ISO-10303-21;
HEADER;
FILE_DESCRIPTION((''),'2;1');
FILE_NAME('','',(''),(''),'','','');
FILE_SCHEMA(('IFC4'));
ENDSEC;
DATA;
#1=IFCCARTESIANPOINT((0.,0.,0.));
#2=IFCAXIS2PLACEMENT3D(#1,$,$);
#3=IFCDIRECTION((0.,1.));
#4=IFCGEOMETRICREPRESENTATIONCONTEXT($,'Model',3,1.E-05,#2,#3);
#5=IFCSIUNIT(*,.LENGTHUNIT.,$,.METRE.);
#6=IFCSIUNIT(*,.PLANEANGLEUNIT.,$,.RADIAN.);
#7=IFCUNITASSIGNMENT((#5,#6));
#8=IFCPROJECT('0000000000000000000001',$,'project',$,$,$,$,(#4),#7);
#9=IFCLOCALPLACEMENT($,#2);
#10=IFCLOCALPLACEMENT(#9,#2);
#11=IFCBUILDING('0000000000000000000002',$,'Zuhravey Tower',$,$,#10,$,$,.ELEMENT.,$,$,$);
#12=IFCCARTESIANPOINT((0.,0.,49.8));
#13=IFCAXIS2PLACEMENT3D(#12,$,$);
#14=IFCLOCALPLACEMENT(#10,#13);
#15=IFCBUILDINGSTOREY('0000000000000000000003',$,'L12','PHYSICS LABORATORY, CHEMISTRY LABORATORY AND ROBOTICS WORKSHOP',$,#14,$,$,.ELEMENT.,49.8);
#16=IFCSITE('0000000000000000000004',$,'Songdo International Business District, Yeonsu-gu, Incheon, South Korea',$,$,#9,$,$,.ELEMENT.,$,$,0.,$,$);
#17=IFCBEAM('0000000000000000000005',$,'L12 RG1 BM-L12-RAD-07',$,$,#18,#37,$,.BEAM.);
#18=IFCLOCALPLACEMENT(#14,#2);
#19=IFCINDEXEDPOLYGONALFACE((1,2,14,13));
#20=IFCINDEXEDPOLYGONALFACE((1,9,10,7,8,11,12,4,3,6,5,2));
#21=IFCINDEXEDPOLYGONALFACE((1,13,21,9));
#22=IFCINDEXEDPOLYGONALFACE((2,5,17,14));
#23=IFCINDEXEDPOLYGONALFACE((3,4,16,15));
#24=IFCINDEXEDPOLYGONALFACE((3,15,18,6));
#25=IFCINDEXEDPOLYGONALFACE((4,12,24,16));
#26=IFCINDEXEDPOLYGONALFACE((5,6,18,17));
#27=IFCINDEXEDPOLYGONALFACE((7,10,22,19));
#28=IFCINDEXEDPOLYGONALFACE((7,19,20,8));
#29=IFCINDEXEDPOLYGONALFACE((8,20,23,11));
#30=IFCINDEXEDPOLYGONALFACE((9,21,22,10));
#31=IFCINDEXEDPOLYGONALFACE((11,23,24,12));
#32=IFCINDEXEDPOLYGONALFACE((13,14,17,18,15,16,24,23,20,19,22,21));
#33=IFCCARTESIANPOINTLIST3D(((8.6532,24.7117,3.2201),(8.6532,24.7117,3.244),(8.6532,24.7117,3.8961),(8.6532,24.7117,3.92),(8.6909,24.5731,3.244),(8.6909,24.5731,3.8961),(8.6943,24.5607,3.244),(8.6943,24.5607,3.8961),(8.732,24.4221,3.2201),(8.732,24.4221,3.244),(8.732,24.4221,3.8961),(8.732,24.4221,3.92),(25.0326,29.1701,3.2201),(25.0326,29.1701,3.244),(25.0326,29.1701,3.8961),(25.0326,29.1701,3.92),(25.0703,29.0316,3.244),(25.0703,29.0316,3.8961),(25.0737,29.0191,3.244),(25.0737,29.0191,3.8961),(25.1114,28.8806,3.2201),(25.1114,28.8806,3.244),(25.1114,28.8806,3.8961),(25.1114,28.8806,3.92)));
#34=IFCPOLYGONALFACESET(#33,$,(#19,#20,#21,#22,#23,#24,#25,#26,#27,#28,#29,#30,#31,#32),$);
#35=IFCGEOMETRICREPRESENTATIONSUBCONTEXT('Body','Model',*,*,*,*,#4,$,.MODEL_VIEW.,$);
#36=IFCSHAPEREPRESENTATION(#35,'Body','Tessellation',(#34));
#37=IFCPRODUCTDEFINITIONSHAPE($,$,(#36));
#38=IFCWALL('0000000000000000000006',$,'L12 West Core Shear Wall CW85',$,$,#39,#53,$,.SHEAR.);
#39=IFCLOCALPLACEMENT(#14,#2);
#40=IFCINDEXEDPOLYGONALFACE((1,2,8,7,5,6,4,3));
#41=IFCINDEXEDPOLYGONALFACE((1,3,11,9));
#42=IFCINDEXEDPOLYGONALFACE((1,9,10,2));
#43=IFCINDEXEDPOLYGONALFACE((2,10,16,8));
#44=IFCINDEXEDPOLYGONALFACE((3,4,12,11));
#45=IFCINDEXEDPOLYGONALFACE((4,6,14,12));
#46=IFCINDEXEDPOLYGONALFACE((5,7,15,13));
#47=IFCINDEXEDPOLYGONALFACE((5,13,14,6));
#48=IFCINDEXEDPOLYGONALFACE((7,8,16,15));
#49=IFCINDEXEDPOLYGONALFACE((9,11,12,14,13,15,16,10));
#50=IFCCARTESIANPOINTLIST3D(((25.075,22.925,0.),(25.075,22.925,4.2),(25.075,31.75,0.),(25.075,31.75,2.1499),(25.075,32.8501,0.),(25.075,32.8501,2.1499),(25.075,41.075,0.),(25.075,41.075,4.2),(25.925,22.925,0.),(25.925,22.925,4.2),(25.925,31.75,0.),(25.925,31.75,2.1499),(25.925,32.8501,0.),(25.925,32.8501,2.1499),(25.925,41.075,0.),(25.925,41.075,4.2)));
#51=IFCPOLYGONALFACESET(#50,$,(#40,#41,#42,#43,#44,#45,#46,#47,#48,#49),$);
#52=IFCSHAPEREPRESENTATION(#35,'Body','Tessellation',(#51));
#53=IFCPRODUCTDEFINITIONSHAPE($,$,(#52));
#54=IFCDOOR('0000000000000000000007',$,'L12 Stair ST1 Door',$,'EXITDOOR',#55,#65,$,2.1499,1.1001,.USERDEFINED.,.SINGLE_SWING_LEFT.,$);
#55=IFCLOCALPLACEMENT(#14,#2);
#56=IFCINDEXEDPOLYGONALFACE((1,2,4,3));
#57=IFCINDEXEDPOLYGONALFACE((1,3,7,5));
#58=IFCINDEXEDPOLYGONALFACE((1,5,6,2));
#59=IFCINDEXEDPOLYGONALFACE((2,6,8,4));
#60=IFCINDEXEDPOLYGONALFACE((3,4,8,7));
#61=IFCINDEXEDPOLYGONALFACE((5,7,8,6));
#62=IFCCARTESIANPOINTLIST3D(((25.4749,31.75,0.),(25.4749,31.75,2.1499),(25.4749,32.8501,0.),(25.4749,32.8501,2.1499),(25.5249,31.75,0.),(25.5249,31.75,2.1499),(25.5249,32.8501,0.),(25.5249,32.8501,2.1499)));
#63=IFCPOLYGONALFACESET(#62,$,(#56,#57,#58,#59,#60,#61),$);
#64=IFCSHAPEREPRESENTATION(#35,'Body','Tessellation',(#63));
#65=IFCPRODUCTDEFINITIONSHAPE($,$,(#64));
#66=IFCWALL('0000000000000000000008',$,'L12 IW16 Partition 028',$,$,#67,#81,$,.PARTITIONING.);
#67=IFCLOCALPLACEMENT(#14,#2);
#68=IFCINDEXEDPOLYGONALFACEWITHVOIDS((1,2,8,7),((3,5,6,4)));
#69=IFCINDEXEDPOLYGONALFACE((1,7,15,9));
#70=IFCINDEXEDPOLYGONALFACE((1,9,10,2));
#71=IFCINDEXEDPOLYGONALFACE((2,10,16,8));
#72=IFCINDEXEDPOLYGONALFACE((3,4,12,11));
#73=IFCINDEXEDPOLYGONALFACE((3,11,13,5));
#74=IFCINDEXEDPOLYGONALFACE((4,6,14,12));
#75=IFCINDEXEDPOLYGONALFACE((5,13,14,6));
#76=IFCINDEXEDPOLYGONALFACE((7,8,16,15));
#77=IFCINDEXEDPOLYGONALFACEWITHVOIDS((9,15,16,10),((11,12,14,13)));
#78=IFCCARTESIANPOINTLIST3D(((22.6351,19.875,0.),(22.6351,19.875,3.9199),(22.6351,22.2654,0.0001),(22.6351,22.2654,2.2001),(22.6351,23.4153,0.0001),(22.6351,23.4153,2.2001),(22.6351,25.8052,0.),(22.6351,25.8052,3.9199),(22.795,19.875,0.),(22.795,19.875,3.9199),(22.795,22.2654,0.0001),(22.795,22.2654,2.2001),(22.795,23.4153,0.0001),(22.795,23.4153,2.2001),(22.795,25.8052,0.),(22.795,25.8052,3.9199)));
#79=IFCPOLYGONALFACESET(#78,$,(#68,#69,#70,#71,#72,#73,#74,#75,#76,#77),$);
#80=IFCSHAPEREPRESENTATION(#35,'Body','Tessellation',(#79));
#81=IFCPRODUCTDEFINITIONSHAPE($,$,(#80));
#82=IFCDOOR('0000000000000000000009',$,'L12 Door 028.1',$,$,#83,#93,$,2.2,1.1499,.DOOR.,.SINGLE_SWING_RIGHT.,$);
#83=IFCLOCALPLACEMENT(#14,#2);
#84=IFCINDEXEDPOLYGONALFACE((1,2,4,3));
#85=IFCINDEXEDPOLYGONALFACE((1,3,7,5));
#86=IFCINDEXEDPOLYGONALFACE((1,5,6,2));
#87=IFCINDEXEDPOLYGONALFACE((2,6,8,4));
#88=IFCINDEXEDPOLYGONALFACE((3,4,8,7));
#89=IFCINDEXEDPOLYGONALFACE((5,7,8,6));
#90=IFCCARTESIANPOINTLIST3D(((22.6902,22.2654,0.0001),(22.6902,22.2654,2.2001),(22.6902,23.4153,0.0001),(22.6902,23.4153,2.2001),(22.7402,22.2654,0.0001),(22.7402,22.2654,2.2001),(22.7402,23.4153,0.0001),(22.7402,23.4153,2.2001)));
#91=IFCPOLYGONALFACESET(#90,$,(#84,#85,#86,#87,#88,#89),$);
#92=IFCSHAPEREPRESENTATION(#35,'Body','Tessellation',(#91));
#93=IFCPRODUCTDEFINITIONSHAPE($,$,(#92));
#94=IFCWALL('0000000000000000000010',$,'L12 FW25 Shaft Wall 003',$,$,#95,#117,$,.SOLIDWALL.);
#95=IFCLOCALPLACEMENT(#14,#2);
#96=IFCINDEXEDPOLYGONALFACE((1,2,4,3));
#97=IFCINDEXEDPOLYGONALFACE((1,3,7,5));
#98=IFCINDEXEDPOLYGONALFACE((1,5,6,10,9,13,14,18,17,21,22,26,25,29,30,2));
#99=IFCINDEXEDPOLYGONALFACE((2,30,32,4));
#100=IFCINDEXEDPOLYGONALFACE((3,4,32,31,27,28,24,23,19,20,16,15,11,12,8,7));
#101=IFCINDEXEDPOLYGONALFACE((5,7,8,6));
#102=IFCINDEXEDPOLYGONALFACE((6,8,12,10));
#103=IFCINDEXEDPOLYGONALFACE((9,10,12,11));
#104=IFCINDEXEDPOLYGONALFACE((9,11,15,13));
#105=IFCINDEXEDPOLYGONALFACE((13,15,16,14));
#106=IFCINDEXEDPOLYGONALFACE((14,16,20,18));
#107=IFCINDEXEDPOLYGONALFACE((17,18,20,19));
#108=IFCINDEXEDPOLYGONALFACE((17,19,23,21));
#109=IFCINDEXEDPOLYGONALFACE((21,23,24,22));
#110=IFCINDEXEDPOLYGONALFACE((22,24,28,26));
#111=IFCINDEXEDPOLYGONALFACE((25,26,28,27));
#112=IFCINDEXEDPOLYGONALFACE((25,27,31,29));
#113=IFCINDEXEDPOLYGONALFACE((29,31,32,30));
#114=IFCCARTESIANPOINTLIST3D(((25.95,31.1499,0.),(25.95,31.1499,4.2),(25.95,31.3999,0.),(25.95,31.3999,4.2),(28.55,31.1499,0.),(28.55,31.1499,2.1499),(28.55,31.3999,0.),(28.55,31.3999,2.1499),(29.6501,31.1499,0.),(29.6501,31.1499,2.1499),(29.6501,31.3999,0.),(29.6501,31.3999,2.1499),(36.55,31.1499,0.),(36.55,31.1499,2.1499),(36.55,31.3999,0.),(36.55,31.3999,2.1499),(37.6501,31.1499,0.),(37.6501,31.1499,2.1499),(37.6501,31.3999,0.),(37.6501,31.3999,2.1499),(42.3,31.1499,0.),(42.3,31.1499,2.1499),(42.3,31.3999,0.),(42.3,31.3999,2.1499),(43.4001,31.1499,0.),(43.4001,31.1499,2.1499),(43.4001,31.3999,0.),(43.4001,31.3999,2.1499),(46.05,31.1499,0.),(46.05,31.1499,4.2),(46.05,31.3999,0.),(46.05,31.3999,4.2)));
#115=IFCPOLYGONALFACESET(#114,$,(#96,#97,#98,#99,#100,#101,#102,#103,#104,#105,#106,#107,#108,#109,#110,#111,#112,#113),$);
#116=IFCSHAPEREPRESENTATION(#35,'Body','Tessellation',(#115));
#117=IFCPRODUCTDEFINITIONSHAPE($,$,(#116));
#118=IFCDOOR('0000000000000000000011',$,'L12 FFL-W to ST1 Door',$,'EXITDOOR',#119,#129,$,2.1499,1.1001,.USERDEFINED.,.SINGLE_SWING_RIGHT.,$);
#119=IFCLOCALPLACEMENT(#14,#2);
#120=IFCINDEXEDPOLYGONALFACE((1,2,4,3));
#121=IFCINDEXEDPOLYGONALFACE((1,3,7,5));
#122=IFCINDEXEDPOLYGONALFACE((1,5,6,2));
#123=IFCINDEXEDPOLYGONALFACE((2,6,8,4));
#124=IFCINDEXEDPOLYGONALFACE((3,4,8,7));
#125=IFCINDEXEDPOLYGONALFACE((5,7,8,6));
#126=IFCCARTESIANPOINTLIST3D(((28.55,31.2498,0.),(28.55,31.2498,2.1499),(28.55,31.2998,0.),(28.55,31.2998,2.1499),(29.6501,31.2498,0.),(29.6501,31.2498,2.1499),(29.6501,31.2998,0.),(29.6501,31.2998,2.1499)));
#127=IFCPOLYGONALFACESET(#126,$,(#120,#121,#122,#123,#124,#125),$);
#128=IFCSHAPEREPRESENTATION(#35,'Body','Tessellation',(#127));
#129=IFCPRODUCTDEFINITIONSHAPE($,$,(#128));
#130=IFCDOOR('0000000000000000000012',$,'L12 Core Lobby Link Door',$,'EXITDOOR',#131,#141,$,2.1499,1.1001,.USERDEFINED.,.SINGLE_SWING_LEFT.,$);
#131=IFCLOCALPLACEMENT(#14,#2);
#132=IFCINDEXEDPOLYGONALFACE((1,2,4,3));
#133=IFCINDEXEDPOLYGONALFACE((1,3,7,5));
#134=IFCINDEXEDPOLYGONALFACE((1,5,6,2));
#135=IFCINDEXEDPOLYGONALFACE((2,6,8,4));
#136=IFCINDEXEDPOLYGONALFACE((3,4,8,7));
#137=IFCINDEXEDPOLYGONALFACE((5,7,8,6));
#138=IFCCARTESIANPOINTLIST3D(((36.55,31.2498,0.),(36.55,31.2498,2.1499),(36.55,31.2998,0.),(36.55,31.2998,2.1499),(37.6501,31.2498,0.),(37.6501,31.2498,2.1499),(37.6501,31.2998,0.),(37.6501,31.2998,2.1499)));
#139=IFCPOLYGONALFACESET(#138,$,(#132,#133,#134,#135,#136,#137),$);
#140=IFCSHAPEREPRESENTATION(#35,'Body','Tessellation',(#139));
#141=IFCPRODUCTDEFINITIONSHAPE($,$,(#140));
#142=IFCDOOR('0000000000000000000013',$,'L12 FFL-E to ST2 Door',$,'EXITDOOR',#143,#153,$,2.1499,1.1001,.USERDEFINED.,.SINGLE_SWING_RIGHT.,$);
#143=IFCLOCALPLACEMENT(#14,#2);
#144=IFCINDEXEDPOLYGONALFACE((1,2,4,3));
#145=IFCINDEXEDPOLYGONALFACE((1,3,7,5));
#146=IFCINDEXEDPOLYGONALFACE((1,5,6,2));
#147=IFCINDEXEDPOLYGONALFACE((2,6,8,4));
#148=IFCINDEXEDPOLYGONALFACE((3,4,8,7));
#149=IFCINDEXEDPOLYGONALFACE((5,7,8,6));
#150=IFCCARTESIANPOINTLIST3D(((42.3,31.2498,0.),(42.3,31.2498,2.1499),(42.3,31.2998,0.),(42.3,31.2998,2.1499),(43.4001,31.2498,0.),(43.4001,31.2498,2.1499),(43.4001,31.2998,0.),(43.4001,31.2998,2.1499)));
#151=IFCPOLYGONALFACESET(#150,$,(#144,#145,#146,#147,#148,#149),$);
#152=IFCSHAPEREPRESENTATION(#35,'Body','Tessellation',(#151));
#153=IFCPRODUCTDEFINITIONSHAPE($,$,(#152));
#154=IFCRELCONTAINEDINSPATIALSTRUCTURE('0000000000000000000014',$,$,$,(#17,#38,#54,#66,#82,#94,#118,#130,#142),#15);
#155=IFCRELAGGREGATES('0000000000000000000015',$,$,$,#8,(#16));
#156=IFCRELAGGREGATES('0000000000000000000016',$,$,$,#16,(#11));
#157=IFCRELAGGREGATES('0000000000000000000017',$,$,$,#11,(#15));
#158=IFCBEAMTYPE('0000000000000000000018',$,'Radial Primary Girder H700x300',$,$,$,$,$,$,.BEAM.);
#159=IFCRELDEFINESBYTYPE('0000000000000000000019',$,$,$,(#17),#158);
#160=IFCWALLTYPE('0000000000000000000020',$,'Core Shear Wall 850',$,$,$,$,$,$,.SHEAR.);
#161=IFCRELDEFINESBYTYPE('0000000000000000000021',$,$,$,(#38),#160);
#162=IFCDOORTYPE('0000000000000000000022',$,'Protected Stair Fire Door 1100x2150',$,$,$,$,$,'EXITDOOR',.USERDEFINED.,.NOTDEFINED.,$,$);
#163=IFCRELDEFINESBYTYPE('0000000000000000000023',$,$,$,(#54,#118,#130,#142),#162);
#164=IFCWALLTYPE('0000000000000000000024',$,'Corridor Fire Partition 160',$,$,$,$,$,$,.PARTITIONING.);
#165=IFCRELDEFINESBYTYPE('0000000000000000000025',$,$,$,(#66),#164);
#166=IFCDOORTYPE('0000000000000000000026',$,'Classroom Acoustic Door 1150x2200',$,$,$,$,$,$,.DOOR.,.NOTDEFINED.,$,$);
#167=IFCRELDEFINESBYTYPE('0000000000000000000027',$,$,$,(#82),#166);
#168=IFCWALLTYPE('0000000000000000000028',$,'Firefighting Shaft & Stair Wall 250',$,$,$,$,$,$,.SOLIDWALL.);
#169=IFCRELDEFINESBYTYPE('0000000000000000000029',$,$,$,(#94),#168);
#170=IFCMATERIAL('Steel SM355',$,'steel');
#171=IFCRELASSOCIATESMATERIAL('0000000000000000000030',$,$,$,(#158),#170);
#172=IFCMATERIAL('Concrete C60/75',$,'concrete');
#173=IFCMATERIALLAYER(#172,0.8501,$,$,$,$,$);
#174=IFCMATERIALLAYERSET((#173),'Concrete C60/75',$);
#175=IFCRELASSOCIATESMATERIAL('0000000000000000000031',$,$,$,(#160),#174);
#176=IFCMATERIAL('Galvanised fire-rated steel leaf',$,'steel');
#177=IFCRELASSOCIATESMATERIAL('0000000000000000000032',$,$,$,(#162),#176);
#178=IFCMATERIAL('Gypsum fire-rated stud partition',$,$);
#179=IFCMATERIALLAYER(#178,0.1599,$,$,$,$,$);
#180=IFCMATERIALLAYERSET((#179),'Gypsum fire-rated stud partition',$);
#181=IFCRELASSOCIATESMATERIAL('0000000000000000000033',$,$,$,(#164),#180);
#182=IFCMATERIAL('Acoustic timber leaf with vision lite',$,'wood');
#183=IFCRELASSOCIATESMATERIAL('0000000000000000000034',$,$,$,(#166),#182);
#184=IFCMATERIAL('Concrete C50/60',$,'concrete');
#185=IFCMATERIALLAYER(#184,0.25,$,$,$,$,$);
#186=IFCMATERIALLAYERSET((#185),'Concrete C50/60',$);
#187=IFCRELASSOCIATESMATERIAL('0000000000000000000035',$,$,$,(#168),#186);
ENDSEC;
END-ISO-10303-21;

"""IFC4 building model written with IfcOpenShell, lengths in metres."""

from ifc_helpers import new_model, si_unit, direction, frame, frame_2d, origin, origin_2d, place, context, subcontext, project, spatial, rectangle, i_section, extrude, material, layer, layer_set, material_profile, profile_set, type_object, element, fill, save


model = new_model("IFC4")

# Units and contexts
model_context = context("Model", 3, precision=1e-05, world=origin(), true_north=direction((0.0, 1.0)))
body_context = subcontext(model_context, "Body", "Model", "MODEL_VIEW")
ifc_project = project(units=[si_unit("LENGTHUNIT", "METRE"), si_unit("PLANEANGLEUNIT", "RADIAN")], contexts=[model_context])

# Site, building, storey
site_placement = place(None, origin())
site = spatial("IfcSite", under=ifc_project, at=site_placement, Name="Songdo International Business District, Yeonsu-gu, Incheon, South Korea", CompositionType="ELEMENT", RefElevation=0.0)
building_placement = place(site_placement, origin())
building = spatial("IfcBuilding", under=site, at=building_placement, Name="Zuhravey Tower", CompositionType="ELEMENT")
storey_placement = place(building_placement, frame((0.0, 0.0, 49.8)))
storey = spatial("IfcBuildingStorey", under=building, at=storey_placement, Name="L12", Description="PHYSICS LABORATORY, CHEMISTRY LABORATORY AND ROBOTICS WORKSHOP", CompositionType="ELEMENT", Elevation=49.8)

# Beam
ifc_material_1 = material(Name="Steel SM355", Category="steel")
ifc_material_profile = material_profile(ifc_material_1, i_section(OverallWidth=0.3, OverallDepth=0.7, WebThickness=0.0129, FlangeThickness=0.0239, at=origin_2d()), Name="H-700x300x13x24")
ifc_profile_set = profile_set([ifc_material_profile], Name="Steel SM355")
beam_type = type_object("IfcBeamType", Name="Radial Primary Girder H700x300", PredefinedType="BEAM", material=ifc_profile_set)
beam_placement = place(storey_placement, frame((25.072, 29.0254, 3.5701), z_axis=(-0.964892, -0.262645, 0.0), x_axis=(0.262645, -0.964892, 0.0)))
element("IfcBeam", 1, at=beam_placement, inside=storey, type_object=beam_type, Name="L12 RG1 BM-L12-RAD-07", PredefinedType="BEAM", context=body_context, shape_type="SweptSolid", body=[
    extrude(i_section(OverallWidth=0.3, OverallDepth=0.7, WebThickness=0.0129, FlangeThickness=0.0239, at=origin_2d()), origin(), (0.0, 0.0, 1.0), 16.9753),
])

# Walls, openings, doors
ifc_material_2 = material(Name="Concrete C60/75", Category="concrete")
ifc_layer_1 = layer(ifc_material_2, 0.8501)
ifc_layer_set_1 = layer_set([ifc_layer_1], Name="Concrete C60/75")
wall_type_1 = type_object("IfcWallType", Name="Core Shear Wall 850", PredefinedType="SHEAR", material=ifc_layer_set_1)
ifc_material_3 = material(Name="Galvanised fire-rated steel leaf", Category="steel")
wall_1_placement = place(storey_placement, frame((25.5, 22.925, 0.0), z_axis=(0.0, 0.0, 1.0), x_axis=(0.0, 1.0, 0.0)))
wall_1 = element("IfcWall", 2, at=wall_1_placement, inside=storey, type_object=wall_type_1, Name="L12 West Core Shear Wall CW85", PredefinedType="SHEAR", context=body_context, shape_type="SweptSolid", body=[
    extrude(rectangle(XDim=18.1499, YDim=0.8501, at=frame_2d((9.075, 0.0))), origin(), (0.0, 0.0, 1.0), 4.2),
])
opening_1_placement = place(wall_1_placement, frame((8.825, 0.0, 0.0)))
opening_1 = element("IfcOpeningElement", 3, at=opening_1_placement, cuts=wall_1, PredefinedType="OPENING", context=body_context, shape_type="SweptSolid", body=[
    extrude(rectangle(XDim=1.1001, YDim=2.1499, at=frame_2d((0.55, 1.075))), frame((0.0, 0.437, 0.0), z_axis=(0.0, -1.0, 0.0), x_axis=(1.0, 0.0, 0.0)), (0.0, 0.0, 1.0), 0.874),
])
door_type_1 = type_object("IfcDoorType", Name="Protected Stair Fire Door 1100x2150", ElementType="EXITDOOR", OperationType="NOTDEFINED", PredefinedType="USERDEFINED", material=ifc_material_3)
door_1_placement = place(opening_1_placement, frame((1.1001, 0.0, 0.0), z_axis=(0.0, 0.0, 1.0), x_axis=(-1.0, 0.0, 0.0)))
door_1 = element("IfcDoor", 4, at=door_1_placement, inside=storey, type_object=door_type_1, Name="L12 Stair ST1 Door", ObjectType="EXITDOOR", OperationType="SINGLE_SWING_LEFT", OverallHeight=2.1499, OverallWidth=1.1001, PredefinedType="USERDEFINED", context=body_context, shape_type="SweptSolid", body=[
    extrude(rectangle(XDim=1.1001, YDim=2.1499, at=frame_2d((0.55, 1.075))), frame((0.0, 0.0249, 0.0), z_axis=(0.0, -1.0, 0.0), x_axis=(1.0, 0.0, 0.0)), (0.0, 0.0, 1.0), 0.05),
])
fill(opening_1, door_1)
ifc_material_4 = material(Name="Gypsum fire-rated stud partition")
ifc_layer_2 = layer(ifc_material_4, 0.1599)
ifc_layer_set_2 = layer_set([ifc_layer_2], Name="Gypsum fire-rated stud partition")
wall_type_2 = type_object("IfcWallType", Name="Corridor Fire Partition 160", PredefinedType="PARTITIONING", material=ifc_layer_set_2)
wall_2_placement = place(storey_placement, frame((22.7151, 25.8052, 0.0), z_axis=(0.0, 0.0, 1.0), x_axis=(0.0, -1.0, 0.0)))
wall_2 = element("IfcWall", 5, at=wall_2_placement, inside=storey, type_object=wall_type_2, Name="L12 IW16 Partition 028", PredefinedType="PARTITIONING", context=body_context, shape_type="SweptSolid", body=[
    extrude(rectangle(XDim=5.9302, YDim=0.1599, at=frame_2d((2.9651, 0.0))), origin(), (0.0, 0.0, 1.0), 3.9199),
])
opening_2_placement = place(wall_2_placement, frame((2.3899, 0.0, 0.0)))
opening_2 = element("IfcOpeningElement", 6, at=opening_2_placement, cuts=wall_2, PredefinedType="OPENING", context=body_context, shape_type="SweptSolid", body=[
    extrude(rectangle(XDim=1.1499, YDim=2.2, at=frame_2d((0.575, 1.1001))), frame((0.0, 0.092, 0.0), z_axis=(0.0, -1.0, 0.0), x_axis=(1.0, 0.0, 0.0)), (0.0, 0.0, 1.0), 0.1838),
])
ifc_material_5 = material(Name="Acoustic timber leaf with vision lite", Category="wood")
door_type_2 = type_object("IfcDoorType", Name="Classroom Acoustic Door 1150x2200", OperationType="NOTDEFINED", PredefinedType="DOOR", material=ifc_material_5)
door_2_placement = place(opening_2_placement, frame((1.1499, 0.0, 0.0), z_axis=(0.0, 0.0, 1.0), x_axis=(-1.0, 0.0, 0.0)))
door_2 = element("IfcDoor", 7, at=door_2_placement, inside=storey, type_object=door_type_2, Name="L12 Door 028.1", OperationType="SINGLE_SWING_RIGHT", OverallHeight=2.2, OverallWidth=1.1499, PredefinedType="DOOR", context=body_context, shape_type="SweptSolid", body=[
    extrude(rectangle(XDim=1.1499, YDim=2.2, at=frame_2d((0.575, 1.1001))), frame((0.0, 0.0249, 0.0), z_axis=(0.0, -1.0, 0.0), x_axis=(1.0, 0.0, 0.0)), (0.0, 0.0, 1.0), 0.05),
])
fill(opening_2, door_2)

# Wall, openings, doors
ifc_material_6 = material(Name="Concrete C50/60", Category="concrete")
ifc_layer_3 = layer(ifc_material_6, 0.25)
ifc_layer_set_3 = layer_set([ifc_layer_3], Name="Concrete C50/60")
wall_type_3 = type_object("IfcWallType", Name="Firefighting Shaft & Stair Wall 250", PredefinedType="SOLIDWALL", material=ifc_layer_set_3)
wall_3_placement = place(storey_placement, frame((25.95, 31.2749, 0.0), z_axis=(0.0, 0.0, 1.0), x_axis=(1.0, 0.0, 0.0)))
wall_3 = element("IfcWall", 8, at=wall_3_placement, inside=storey, type_object=wall_type_3, Name="L12 FW25 Shaft Wall 003", PredefinedType="SOLIDWALL", context=body_context, shape_type="SweptSolid", body=[
    extrude(rectangle(XDim=20.1001, YDim=0.25, at=frame_2d((10.05, 0.0))), origin(), (0.0, 0.0, 1.0), 4.2),
])
opening_3_placement = place(wall_3_placement, frame((2.6001, 0.0, 0.0)))
opening_3 = element("IfcOpeningElement", 9, at=opening_3_placement, cuts=wall_3, PredefinedType="OPENING", context=body_context, shape_type="SweptSolid", body=[
    extrude(rectangle(XDim=1.1001, YDim=2.1499, at=frame_2d((0.55, 1.075))), frame((0.0, 0.137, 0.0), z_axis=(0.0, -1.0, 0.0), x_axis=(1.0, 0.0, 0.0)), (0.0, 0.0, 1.0), 0.2739),
])
opening_4_placement = place(wall_3_placement, frame((10.6001, 0.0, 0.0)))
opening_4 = element("IfcOpeningElement", 10, at=opening_4_placement, cuts=wall_3, PredefinedType="OPENING", context=body_context, shape_type="SweptSolid", body=[
    extrude(rectangle(XDim=1.1001, YDim=2.1499, at=frame_2d((0.55, 1.075))), frame((0.0, 0.137, 0.0), z_axis=(0.0, -1.0, 0.0), x_axis=(1.0, 0.0, 0.0)), (0.0, 0.0, 1.0), 0.2739),
])
opening_5_placement = place(wall_3_placement, frame((16.3501, 0.0, 0.0)))
opening_5 = element("IfcOpeningElement", 11, at=opening_5_placement, cuts=wall_3, PredefinedType="OPENING", context=body_context, shape_type="SweptSolid", body=[
    extrude(rectangle(XDim=1.1001, YDim=2.1499, at=frame_2d((0.55, 1.075))), frame((0.0, 0.137, 0.0), z_axis=(0.0, -1.0, 0.0), x_axis=(1.0, 0.0, 0.0)), (0.0, 0.0, 1.0), 0.2739),
])
door_3_placement = place(opening_3_placement, origin())
door_3 = element("IfcDoor", 12, at=door_3_placement, inside=storey, type_object=door_type_1, Name="L12 FFL-W to ST1 Door", ObjectType="EXITDOOR", OperationType="SINGLE_SWING_RIGHT", OverallHeight=2.1499, OverallWidth=1.1001, PredefinedType="USERDEFINED", context=body_context, shape_type="SweptSolid", body=[
    extrude(rectangle(XDim=1.1001, YDim=2.1499, at=frame_2d((0.55, 1.075))), frame((0.0, 0.0249, 0.0), z_axis=(0.0, -1.0, 0.0), x_axis=(1.0, 0.0, 0.0)), (0.0, 0.0, 1.0), 0.05),
])
fill(opening_3, door_3)
door_4_placement = place(opening_4_placement, origin())
door_4 = element("IfcDoor", 13, at=door_4_placement, inside=storey, type_object=door_type_1, Name="L12 Core Lobby Link Door", ObjectType="EXITDOOR", OperationType="SINGLE_SWING_LEFT", OverallHeight=2.1499, OverallWidth=1.1001, PredefinedType="USERDEFINED", context=body_context, shape_type="SweptSolid", body=[
    extrude(rectangle(XDim=1.1001, YDim=2.1499, at=frame_2d((0.55, 1.075))), frame((0.0, 0.0249, 0.0), z_axis=(0.0, -1.0, 0.0), x_axis=(1.0, 0.0, 0.0)), (0.0, 0.0, 1.0), 0.05),
])
fill(opening_4, door_4)
door_5_placement = place(opening_5_placement, origin())
door_5 = element("IfcDoor", 14, at=door_5_placement, inside=storey, type_object=door_type_1, Name="L12 FFL-E to ST2 Door", ObjectType="EXITDOOR", OperationType="SINGLE_SWING_RIGHT", OverallHeight=2.1499, OverallWidth=1.1001, PredefinedType="USERDEFINED", context=body_context, shape_type="SweptSolid", body=[
    extrude(rectangle(XDim=1.1001, YDim=2.1499, at=frame_2d((0.55, 1.075))), frame((0.0, 0.0249, 0.0), z_axis=(0.0, -1.0, 0.0), x_axis=(1.0, 0.0, 0.0)), (0.0, 0.0, 1.0), 0.05),
])
fill(opening_5, door_5)

save(model, "model.ifc")
